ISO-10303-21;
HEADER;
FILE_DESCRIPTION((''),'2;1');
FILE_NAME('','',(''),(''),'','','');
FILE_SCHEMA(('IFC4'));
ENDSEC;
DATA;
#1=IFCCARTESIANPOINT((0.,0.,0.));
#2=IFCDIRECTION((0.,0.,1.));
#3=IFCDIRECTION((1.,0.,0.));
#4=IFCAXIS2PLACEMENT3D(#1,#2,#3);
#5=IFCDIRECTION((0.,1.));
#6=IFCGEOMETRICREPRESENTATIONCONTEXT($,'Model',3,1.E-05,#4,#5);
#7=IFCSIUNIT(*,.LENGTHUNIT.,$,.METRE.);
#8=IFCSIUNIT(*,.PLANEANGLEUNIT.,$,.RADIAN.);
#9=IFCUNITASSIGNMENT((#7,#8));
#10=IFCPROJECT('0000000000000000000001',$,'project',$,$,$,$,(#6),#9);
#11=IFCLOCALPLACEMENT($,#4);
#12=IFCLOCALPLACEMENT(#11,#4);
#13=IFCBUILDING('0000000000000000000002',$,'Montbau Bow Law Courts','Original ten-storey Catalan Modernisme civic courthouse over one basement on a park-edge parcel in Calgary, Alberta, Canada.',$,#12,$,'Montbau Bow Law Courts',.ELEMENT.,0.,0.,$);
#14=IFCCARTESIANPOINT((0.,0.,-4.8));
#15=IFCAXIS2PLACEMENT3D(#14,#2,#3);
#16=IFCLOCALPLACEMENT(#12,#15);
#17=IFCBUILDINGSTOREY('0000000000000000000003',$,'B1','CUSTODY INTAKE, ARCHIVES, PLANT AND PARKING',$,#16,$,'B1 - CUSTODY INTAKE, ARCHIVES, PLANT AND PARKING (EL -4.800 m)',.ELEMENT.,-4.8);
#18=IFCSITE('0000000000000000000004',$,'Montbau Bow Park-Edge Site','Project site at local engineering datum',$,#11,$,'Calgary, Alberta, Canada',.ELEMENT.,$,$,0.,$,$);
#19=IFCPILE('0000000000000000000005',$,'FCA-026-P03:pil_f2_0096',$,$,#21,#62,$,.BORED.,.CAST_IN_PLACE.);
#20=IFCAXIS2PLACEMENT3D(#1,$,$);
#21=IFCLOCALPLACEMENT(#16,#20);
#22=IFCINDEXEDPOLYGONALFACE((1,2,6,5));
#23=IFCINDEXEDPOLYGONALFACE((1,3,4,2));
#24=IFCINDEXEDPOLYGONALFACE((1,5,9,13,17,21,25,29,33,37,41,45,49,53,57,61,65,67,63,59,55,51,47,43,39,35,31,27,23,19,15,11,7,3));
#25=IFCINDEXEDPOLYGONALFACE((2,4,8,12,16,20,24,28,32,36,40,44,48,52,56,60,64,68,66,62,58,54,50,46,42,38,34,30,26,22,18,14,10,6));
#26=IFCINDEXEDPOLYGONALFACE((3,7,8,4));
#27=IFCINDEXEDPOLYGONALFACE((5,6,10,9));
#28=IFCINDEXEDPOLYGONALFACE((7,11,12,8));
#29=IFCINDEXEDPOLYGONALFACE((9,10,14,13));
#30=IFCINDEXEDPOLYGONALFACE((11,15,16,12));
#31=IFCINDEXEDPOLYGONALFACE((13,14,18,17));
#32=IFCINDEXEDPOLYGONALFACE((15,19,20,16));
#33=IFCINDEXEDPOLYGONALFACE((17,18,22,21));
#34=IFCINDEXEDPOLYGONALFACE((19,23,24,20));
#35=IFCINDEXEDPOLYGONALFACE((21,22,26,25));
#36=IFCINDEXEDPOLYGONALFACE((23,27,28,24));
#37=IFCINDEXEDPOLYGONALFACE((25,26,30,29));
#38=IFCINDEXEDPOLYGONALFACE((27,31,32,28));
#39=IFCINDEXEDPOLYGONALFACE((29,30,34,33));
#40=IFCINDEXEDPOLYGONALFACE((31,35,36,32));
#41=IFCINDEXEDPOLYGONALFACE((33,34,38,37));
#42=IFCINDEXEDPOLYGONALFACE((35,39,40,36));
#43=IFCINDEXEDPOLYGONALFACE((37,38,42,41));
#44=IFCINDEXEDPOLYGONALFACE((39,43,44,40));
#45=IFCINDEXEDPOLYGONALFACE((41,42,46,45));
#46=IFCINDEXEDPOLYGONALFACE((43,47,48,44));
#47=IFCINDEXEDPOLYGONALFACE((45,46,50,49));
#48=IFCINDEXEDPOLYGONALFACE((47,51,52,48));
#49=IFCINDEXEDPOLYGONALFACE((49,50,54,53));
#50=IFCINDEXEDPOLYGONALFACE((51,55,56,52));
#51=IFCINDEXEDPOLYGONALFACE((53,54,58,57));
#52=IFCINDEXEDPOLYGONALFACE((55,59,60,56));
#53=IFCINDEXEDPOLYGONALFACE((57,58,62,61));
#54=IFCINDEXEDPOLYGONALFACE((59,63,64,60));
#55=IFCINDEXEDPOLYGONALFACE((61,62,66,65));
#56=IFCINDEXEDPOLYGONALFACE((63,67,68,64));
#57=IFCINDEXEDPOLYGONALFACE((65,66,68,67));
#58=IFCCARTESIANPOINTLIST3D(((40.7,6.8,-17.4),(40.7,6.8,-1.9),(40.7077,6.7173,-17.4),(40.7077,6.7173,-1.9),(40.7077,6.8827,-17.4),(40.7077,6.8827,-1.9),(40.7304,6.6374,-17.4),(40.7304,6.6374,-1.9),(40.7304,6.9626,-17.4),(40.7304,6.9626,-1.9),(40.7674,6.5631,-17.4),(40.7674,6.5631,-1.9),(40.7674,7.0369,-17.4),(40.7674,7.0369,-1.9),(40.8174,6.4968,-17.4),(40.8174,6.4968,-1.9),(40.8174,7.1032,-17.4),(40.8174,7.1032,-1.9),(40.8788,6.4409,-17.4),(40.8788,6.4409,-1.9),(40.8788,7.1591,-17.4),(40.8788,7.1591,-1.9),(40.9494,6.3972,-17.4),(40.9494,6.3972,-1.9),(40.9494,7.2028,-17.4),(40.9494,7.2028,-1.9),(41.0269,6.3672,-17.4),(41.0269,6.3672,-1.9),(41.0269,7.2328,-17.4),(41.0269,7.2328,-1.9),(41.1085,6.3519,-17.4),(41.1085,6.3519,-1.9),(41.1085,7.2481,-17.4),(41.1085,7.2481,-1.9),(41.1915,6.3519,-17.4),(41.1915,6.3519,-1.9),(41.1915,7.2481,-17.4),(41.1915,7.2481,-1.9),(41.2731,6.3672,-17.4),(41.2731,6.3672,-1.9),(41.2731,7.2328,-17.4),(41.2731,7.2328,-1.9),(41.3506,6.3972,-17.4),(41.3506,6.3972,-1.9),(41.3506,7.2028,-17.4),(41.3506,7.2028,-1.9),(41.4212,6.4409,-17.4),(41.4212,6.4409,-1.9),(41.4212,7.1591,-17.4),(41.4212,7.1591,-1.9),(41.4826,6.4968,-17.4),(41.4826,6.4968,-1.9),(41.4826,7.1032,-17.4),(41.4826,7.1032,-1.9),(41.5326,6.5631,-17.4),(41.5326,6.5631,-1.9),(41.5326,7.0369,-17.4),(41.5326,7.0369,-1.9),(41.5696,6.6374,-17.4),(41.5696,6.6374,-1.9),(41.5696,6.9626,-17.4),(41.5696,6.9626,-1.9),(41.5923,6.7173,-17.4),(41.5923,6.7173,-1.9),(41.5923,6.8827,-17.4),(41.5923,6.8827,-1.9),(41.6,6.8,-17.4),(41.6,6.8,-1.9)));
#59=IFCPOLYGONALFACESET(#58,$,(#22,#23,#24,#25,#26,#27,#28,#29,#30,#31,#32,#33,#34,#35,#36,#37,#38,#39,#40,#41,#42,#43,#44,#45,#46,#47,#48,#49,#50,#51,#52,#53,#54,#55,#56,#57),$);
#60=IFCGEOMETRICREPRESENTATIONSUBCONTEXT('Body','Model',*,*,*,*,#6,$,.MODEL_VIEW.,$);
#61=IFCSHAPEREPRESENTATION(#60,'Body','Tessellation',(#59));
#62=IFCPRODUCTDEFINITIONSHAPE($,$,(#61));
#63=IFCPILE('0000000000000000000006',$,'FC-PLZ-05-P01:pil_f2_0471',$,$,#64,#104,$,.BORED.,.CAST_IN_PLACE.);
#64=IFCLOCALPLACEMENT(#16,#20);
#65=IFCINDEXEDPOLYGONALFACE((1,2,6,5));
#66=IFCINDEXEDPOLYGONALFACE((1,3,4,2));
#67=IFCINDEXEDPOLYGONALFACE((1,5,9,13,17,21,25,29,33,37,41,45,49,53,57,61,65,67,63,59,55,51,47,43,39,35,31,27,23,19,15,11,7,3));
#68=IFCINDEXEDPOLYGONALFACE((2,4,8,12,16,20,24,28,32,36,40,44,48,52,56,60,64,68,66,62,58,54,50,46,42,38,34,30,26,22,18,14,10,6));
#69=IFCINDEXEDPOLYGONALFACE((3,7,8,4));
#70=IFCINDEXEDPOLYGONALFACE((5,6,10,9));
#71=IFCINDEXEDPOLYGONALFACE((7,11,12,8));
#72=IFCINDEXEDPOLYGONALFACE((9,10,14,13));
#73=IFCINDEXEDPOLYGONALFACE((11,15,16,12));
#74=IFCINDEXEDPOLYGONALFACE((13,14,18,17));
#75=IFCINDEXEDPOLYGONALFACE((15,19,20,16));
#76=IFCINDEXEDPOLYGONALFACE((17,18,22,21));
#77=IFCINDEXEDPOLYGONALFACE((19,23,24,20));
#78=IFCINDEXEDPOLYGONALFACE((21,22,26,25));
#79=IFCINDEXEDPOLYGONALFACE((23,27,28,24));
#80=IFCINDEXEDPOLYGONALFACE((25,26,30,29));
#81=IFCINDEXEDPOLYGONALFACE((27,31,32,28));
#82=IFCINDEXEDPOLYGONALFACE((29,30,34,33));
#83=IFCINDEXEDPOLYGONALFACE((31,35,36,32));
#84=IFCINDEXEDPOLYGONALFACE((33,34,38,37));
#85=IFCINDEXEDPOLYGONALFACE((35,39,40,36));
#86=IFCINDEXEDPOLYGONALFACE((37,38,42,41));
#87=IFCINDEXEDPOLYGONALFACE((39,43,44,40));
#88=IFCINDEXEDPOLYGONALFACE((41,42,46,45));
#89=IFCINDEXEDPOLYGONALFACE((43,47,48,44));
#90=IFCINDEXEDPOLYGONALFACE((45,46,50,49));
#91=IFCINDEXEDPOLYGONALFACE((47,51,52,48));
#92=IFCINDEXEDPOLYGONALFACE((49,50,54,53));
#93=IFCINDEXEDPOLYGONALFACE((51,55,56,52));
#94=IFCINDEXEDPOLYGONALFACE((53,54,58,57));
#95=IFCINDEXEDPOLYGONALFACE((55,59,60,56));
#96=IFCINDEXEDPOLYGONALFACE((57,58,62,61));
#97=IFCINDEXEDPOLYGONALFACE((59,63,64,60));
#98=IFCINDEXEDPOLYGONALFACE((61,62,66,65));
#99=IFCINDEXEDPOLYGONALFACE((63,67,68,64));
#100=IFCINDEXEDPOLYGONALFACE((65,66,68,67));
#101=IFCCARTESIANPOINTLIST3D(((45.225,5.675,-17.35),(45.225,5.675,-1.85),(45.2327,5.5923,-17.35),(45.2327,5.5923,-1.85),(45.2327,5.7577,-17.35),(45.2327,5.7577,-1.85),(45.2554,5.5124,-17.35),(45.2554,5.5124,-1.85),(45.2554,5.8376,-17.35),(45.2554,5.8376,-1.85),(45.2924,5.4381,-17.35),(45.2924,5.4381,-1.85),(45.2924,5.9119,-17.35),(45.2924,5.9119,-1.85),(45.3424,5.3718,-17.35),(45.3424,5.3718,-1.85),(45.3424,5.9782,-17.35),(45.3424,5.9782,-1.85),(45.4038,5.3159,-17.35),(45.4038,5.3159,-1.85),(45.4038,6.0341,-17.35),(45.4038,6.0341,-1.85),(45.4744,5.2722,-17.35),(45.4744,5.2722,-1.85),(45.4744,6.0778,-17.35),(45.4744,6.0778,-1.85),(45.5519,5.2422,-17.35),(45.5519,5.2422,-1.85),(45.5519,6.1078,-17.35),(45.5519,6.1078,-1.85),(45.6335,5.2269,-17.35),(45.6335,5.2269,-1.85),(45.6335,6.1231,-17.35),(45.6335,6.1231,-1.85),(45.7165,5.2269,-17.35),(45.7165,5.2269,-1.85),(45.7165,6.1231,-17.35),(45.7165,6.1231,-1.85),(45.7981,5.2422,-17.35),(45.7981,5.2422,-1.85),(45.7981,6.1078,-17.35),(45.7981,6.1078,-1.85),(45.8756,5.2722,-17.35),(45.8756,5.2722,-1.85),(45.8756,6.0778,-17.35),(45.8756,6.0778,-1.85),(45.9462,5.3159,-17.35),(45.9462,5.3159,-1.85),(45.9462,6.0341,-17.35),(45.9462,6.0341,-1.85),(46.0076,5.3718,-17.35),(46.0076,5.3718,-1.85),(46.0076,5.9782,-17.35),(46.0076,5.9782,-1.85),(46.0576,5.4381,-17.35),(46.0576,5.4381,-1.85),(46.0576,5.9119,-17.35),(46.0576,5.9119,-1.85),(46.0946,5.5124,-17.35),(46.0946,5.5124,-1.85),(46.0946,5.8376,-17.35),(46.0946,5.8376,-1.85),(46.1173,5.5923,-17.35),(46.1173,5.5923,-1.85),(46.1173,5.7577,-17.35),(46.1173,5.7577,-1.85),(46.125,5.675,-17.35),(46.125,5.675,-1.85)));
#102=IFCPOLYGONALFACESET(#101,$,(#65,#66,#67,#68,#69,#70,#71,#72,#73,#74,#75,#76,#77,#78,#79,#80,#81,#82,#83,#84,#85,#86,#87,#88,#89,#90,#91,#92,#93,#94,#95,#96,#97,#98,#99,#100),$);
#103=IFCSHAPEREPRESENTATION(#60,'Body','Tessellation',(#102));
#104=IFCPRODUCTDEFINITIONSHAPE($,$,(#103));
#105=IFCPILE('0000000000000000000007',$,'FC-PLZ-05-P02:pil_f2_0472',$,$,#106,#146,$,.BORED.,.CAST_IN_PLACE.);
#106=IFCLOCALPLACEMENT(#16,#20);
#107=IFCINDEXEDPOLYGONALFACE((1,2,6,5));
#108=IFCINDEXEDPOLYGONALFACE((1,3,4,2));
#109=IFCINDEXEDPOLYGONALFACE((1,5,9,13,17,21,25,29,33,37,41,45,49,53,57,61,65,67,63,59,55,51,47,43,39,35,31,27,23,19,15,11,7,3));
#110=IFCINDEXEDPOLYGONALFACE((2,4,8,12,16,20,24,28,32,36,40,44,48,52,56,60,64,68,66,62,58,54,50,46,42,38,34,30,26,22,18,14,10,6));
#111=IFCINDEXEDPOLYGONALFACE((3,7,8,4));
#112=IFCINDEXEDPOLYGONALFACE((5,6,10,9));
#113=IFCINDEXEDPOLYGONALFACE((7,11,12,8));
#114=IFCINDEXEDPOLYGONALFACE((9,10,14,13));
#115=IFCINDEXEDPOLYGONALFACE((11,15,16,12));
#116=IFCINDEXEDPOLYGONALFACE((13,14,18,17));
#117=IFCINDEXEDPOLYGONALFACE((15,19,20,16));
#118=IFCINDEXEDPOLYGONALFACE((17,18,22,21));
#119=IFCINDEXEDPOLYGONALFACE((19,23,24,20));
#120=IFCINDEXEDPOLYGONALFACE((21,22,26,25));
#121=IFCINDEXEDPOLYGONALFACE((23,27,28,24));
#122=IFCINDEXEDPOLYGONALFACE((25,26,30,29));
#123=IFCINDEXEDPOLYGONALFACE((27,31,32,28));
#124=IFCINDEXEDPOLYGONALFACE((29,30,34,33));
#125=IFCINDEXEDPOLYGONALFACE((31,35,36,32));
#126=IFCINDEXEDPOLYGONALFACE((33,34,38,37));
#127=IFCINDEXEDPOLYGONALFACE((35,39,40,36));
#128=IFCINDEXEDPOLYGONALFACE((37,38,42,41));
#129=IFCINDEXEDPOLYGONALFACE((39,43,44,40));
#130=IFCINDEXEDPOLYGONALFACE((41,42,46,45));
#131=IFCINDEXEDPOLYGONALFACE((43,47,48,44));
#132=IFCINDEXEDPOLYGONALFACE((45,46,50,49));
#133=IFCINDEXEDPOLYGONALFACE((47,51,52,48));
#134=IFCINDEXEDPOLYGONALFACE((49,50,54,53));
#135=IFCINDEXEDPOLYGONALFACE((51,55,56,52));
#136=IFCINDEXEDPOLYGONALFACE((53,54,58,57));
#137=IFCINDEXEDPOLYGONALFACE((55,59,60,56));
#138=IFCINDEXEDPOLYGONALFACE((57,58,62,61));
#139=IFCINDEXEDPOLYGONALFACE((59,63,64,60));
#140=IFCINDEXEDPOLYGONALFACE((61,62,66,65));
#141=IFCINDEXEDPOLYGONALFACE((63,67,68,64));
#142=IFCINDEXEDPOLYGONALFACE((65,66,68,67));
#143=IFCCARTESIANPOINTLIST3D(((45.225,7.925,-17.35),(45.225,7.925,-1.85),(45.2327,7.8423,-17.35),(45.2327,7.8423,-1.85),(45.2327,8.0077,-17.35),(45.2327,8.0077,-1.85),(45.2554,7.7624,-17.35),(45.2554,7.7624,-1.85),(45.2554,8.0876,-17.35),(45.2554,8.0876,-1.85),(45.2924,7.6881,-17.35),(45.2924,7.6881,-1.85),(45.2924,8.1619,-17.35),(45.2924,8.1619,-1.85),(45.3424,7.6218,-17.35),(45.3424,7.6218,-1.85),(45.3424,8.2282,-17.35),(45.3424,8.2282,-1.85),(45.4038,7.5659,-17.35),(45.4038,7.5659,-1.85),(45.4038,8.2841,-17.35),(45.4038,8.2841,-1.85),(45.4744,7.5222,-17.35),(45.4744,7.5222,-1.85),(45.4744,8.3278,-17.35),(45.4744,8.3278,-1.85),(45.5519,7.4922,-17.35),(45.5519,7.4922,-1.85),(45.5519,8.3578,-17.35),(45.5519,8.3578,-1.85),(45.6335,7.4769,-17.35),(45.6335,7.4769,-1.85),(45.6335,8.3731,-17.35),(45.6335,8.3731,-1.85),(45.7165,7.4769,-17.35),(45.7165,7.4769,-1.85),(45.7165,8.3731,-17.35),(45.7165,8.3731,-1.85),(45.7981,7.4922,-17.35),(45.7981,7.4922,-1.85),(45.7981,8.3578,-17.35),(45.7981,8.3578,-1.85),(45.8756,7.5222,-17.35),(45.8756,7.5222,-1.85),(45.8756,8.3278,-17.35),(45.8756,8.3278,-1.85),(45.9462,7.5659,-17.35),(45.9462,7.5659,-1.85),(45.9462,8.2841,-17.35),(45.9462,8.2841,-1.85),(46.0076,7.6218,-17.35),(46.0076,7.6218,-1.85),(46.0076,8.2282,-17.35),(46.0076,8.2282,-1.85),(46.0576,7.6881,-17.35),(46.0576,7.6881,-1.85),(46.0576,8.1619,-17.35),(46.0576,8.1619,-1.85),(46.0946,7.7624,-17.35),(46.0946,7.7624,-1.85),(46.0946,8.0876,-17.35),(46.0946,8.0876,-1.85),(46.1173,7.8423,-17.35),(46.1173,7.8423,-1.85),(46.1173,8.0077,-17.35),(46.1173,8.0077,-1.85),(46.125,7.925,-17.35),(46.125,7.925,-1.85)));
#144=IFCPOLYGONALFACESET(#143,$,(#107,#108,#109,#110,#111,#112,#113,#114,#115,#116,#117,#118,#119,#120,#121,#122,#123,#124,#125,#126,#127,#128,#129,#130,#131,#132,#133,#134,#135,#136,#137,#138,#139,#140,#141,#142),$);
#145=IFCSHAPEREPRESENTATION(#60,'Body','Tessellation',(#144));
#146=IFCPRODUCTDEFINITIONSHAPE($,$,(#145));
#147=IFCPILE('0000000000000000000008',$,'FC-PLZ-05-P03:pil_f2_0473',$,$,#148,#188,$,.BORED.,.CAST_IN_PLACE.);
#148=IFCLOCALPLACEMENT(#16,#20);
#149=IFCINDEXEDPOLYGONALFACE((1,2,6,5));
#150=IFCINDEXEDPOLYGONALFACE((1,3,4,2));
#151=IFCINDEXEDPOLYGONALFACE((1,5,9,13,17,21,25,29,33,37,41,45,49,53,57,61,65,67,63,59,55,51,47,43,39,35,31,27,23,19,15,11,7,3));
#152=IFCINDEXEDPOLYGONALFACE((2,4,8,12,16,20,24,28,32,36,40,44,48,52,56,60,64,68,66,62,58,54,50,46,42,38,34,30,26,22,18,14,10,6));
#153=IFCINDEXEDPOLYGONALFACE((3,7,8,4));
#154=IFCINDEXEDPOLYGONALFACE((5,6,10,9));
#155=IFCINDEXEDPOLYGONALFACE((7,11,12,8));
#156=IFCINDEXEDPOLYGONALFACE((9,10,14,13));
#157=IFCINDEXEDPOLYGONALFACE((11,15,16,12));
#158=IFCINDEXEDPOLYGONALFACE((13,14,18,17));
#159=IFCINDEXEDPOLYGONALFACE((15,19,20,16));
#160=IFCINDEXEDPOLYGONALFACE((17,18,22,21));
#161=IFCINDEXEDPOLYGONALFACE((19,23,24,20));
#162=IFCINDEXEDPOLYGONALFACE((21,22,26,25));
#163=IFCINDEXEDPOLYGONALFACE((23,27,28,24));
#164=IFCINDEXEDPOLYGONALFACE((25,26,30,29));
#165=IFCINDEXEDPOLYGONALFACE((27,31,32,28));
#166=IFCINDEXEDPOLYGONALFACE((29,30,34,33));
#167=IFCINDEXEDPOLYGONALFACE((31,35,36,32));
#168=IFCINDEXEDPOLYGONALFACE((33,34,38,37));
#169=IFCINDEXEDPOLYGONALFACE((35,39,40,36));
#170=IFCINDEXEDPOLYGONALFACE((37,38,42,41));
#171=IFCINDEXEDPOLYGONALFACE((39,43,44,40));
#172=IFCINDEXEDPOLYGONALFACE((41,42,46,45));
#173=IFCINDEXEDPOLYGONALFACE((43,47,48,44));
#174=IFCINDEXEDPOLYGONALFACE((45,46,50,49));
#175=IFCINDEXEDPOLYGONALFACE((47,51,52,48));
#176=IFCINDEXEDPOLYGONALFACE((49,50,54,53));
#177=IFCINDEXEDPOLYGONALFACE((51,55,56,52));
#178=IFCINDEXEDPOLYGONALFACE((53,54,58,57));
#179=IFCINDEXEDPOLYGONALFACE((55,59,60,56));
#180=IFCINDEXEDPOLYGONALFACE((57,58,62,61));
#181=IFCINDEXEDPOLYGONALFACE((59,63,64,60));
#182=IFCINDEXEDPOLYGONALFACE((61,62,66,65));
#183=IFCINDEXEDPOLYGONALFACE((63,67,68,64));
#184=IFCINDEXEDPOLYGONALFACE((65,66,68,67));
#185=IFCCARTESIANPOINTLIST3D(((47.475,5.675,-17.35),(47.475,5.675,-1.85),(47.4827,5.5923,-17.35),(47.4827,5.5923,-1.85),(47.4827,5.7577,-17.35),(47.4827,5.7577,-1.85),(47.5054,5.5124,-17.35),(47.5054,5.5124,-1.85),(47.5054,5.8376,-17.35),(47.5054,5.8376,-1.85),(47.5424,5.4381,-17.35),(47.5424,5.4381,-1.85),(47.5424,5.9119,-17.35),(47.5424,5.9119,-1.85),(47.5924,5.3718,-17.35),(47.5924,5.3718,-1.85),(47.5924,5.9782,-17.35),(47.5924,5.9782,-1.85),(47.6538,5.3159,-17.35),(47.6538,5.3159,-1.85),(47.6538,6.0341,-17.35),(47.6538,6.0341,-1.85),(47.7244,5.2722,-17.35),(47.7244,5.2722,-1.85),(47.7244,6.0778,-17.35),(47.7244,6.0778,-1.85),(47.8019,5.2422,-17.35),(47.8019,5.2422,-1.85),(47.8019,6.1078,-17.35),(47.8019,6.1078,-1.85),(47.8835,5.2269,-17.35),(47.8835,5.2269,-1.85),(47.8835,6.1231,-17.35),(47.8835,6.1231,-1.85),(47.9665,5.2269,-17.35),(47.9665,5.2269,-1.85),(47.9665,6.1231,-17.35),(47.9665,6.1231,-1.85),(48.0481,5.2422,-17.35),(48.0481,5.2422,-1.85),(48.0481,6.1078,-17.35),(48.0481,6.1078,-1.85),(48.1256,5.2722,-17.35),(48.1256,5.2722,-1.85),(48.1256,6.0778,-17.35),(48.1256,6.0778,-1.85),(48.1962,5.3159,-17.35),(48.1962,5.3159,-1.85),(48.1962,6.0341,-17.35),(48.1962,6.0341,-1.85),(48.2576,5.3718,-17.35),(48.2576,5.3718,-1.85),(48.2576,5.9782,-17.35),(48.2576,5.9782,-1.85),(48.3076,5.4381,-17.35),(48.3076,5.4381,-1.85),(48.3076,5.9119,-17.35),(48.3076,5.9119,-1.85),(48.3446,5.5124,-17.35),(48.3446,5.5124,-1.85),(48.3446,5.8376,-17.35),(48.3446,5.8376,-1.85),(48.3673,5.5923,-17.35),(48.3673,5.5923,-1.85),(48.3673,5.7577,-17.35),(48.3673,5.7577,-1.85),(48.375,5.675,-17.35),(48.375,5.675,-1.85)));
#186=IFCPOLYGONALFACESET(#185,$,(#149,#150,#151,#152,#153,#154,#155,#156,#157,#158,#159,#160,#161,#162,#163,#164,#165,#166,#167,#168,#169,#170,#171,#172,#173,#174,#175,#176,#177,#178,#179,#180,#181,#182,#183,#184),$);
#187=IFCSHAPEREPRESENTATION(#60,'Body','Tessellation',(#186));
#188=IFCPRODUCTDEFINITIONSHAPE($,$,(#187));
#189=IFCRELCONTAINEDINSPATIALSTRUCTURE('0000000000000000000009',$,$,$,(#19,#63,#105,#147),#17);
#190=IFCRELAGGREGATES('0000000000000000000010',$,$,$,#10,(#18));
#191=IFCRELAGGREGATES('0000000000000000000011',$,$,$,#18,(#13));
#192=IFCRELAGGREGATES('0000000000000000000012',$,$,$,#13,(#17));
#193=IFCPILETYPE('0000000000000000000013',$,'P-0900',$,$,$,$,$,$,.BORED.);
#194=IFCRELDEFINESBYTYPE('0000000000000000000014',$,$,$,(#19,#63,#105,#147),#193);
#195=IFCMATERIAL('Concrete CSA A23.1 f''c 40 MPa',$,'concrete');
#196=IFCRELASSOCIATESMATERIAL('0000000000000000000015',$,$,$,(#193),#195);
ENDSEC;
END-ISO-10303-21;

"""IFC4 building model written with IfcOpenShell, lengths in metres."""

from ifc_helpers import new_model, si_unit, direction, frame, origin_with_axes, origin_2d_with_axis, place, context, subcontext, project, spatial, circle, extrude, material, material_profile, profile_set, type_object, element, save


model = new_model("IFC4")

# Units and contexts
model_context = context("Model", 3, precision=1e-05, world=origin_with_axes(), true_north=direction((0.0, 1.0)))
body_context = subcontext(model_context, "Body", "Model", "MODEL_VIEW")
ifc_project = project(units=[si_unit("LENGTHUNIT", "METRE"), si_unit("PLANEANGLEUNIT", "RADIAN")], contexts=[model_context])

# Site, building, storey
site_placement = place(None, origin_with_axes())
site = spatial("IfcSite", under=ifc_project, at=site_placement, Name="Montbau Bow Park-Edge Site", Description="Project site at local engineering datum", LongName="Calgary, Alberta, Canada", CompositionType="ELEMENT", RefElevation=0.0)
building_placement = place(site_placement, origin_with_axes())
building = spatial("IfcBuilding", under=site, at=building_placement, Name="Montbau Bow Law Courts", Description="Original ten-storey Catalan Modernisme civic courthouse over one basement on a park-edge parcel in Calgary, Alberta, Canada.", LongName="Montbau Bow Law Courts", CompositionType="ELEMENT", ElevationOfRefHeight=0.0, ElevationOfTerrain=0.0)
storey_placement = place(building_placement, frame((0.0, 0.0, -4.8), z_axis=(0.0, 0.0, 1.0), x_axis=(1.0, 0.0, 0.0)))
storey = spatial("IfcBuildingStorey", under=building, at=storey_placement, Name="B1", Description="CUSTODY INTAKE, ARCHIVES, PLANT AND PARKING", LongName="B1 - CUSTODY INTAKE, ARCHIVES, PLANT AND PARKING (EL -4.800 m)", CompositionType="ELEMENT", Elevation=-4.8)

# Piles
ifc_material_1 = material(Name="Concrete CSA A23.1 f'c 40 MPa", Category="concrete")
ifc_material_profile_1 = material_profile(ifc_material_1, circle(Radius=0.45, at=origin_2d_with_axis()), Name="BP900", Category="Main", Priority=0)
ifc_profile_set_1 = profile_set([ifc_material_profile_1], Name="Concrete CSA A23.1 f'c 40 MPa")
pile_type_1 = type_object("IfcPileType", Name="P-0900", PredefinedType="BORED", material=ifc_profile_set_1)
for number, where, z_axis, x_axis, name in (
    (1, (41.15, 6.8, -22.2), (0.0, 0.0, 1.0), (1.0, 0.0, 0.0), "FCA-026-P03:pil_f2_0096"),
    (2, (45.675, 5.675, -22.15), (0.0, 0.0, 1.0), (1.0, 0.0, 0.0), "FC-PLZ-05-P01:pil_f2_0471"),
    (3, (45.675, 7.925, -22.15), (0.0, 0.0, 1.0), (1.0, 0.0, 0.0), "FC-PLZ-05-P02:pil_f2_0472"),
    (4, (47.925, 5.675, -22.15), (0.0, 0.0, 1.0), (1.0, 0.0, 0.0), "FC-PLZ-05-P03:pil_f2_0473"),
):
    element("IfcPile", number, at=place(None, frame(where, z_axis=z_axis, x_axis=x_axis)), inside=storey, type_object=pile_type_1, Name=name, ConstructionType="CAST_IN_PLACE", PredefinedType="BORED", context=body_context, shape_type="SweptSolid", body=[
        extrude(circle(Radius=0.45, at=origin_2d_with_axis()), origin_with_axes(), (0.0, 0.0, 1.0), 15.5),
    ])

save(model, "model.ifc")
